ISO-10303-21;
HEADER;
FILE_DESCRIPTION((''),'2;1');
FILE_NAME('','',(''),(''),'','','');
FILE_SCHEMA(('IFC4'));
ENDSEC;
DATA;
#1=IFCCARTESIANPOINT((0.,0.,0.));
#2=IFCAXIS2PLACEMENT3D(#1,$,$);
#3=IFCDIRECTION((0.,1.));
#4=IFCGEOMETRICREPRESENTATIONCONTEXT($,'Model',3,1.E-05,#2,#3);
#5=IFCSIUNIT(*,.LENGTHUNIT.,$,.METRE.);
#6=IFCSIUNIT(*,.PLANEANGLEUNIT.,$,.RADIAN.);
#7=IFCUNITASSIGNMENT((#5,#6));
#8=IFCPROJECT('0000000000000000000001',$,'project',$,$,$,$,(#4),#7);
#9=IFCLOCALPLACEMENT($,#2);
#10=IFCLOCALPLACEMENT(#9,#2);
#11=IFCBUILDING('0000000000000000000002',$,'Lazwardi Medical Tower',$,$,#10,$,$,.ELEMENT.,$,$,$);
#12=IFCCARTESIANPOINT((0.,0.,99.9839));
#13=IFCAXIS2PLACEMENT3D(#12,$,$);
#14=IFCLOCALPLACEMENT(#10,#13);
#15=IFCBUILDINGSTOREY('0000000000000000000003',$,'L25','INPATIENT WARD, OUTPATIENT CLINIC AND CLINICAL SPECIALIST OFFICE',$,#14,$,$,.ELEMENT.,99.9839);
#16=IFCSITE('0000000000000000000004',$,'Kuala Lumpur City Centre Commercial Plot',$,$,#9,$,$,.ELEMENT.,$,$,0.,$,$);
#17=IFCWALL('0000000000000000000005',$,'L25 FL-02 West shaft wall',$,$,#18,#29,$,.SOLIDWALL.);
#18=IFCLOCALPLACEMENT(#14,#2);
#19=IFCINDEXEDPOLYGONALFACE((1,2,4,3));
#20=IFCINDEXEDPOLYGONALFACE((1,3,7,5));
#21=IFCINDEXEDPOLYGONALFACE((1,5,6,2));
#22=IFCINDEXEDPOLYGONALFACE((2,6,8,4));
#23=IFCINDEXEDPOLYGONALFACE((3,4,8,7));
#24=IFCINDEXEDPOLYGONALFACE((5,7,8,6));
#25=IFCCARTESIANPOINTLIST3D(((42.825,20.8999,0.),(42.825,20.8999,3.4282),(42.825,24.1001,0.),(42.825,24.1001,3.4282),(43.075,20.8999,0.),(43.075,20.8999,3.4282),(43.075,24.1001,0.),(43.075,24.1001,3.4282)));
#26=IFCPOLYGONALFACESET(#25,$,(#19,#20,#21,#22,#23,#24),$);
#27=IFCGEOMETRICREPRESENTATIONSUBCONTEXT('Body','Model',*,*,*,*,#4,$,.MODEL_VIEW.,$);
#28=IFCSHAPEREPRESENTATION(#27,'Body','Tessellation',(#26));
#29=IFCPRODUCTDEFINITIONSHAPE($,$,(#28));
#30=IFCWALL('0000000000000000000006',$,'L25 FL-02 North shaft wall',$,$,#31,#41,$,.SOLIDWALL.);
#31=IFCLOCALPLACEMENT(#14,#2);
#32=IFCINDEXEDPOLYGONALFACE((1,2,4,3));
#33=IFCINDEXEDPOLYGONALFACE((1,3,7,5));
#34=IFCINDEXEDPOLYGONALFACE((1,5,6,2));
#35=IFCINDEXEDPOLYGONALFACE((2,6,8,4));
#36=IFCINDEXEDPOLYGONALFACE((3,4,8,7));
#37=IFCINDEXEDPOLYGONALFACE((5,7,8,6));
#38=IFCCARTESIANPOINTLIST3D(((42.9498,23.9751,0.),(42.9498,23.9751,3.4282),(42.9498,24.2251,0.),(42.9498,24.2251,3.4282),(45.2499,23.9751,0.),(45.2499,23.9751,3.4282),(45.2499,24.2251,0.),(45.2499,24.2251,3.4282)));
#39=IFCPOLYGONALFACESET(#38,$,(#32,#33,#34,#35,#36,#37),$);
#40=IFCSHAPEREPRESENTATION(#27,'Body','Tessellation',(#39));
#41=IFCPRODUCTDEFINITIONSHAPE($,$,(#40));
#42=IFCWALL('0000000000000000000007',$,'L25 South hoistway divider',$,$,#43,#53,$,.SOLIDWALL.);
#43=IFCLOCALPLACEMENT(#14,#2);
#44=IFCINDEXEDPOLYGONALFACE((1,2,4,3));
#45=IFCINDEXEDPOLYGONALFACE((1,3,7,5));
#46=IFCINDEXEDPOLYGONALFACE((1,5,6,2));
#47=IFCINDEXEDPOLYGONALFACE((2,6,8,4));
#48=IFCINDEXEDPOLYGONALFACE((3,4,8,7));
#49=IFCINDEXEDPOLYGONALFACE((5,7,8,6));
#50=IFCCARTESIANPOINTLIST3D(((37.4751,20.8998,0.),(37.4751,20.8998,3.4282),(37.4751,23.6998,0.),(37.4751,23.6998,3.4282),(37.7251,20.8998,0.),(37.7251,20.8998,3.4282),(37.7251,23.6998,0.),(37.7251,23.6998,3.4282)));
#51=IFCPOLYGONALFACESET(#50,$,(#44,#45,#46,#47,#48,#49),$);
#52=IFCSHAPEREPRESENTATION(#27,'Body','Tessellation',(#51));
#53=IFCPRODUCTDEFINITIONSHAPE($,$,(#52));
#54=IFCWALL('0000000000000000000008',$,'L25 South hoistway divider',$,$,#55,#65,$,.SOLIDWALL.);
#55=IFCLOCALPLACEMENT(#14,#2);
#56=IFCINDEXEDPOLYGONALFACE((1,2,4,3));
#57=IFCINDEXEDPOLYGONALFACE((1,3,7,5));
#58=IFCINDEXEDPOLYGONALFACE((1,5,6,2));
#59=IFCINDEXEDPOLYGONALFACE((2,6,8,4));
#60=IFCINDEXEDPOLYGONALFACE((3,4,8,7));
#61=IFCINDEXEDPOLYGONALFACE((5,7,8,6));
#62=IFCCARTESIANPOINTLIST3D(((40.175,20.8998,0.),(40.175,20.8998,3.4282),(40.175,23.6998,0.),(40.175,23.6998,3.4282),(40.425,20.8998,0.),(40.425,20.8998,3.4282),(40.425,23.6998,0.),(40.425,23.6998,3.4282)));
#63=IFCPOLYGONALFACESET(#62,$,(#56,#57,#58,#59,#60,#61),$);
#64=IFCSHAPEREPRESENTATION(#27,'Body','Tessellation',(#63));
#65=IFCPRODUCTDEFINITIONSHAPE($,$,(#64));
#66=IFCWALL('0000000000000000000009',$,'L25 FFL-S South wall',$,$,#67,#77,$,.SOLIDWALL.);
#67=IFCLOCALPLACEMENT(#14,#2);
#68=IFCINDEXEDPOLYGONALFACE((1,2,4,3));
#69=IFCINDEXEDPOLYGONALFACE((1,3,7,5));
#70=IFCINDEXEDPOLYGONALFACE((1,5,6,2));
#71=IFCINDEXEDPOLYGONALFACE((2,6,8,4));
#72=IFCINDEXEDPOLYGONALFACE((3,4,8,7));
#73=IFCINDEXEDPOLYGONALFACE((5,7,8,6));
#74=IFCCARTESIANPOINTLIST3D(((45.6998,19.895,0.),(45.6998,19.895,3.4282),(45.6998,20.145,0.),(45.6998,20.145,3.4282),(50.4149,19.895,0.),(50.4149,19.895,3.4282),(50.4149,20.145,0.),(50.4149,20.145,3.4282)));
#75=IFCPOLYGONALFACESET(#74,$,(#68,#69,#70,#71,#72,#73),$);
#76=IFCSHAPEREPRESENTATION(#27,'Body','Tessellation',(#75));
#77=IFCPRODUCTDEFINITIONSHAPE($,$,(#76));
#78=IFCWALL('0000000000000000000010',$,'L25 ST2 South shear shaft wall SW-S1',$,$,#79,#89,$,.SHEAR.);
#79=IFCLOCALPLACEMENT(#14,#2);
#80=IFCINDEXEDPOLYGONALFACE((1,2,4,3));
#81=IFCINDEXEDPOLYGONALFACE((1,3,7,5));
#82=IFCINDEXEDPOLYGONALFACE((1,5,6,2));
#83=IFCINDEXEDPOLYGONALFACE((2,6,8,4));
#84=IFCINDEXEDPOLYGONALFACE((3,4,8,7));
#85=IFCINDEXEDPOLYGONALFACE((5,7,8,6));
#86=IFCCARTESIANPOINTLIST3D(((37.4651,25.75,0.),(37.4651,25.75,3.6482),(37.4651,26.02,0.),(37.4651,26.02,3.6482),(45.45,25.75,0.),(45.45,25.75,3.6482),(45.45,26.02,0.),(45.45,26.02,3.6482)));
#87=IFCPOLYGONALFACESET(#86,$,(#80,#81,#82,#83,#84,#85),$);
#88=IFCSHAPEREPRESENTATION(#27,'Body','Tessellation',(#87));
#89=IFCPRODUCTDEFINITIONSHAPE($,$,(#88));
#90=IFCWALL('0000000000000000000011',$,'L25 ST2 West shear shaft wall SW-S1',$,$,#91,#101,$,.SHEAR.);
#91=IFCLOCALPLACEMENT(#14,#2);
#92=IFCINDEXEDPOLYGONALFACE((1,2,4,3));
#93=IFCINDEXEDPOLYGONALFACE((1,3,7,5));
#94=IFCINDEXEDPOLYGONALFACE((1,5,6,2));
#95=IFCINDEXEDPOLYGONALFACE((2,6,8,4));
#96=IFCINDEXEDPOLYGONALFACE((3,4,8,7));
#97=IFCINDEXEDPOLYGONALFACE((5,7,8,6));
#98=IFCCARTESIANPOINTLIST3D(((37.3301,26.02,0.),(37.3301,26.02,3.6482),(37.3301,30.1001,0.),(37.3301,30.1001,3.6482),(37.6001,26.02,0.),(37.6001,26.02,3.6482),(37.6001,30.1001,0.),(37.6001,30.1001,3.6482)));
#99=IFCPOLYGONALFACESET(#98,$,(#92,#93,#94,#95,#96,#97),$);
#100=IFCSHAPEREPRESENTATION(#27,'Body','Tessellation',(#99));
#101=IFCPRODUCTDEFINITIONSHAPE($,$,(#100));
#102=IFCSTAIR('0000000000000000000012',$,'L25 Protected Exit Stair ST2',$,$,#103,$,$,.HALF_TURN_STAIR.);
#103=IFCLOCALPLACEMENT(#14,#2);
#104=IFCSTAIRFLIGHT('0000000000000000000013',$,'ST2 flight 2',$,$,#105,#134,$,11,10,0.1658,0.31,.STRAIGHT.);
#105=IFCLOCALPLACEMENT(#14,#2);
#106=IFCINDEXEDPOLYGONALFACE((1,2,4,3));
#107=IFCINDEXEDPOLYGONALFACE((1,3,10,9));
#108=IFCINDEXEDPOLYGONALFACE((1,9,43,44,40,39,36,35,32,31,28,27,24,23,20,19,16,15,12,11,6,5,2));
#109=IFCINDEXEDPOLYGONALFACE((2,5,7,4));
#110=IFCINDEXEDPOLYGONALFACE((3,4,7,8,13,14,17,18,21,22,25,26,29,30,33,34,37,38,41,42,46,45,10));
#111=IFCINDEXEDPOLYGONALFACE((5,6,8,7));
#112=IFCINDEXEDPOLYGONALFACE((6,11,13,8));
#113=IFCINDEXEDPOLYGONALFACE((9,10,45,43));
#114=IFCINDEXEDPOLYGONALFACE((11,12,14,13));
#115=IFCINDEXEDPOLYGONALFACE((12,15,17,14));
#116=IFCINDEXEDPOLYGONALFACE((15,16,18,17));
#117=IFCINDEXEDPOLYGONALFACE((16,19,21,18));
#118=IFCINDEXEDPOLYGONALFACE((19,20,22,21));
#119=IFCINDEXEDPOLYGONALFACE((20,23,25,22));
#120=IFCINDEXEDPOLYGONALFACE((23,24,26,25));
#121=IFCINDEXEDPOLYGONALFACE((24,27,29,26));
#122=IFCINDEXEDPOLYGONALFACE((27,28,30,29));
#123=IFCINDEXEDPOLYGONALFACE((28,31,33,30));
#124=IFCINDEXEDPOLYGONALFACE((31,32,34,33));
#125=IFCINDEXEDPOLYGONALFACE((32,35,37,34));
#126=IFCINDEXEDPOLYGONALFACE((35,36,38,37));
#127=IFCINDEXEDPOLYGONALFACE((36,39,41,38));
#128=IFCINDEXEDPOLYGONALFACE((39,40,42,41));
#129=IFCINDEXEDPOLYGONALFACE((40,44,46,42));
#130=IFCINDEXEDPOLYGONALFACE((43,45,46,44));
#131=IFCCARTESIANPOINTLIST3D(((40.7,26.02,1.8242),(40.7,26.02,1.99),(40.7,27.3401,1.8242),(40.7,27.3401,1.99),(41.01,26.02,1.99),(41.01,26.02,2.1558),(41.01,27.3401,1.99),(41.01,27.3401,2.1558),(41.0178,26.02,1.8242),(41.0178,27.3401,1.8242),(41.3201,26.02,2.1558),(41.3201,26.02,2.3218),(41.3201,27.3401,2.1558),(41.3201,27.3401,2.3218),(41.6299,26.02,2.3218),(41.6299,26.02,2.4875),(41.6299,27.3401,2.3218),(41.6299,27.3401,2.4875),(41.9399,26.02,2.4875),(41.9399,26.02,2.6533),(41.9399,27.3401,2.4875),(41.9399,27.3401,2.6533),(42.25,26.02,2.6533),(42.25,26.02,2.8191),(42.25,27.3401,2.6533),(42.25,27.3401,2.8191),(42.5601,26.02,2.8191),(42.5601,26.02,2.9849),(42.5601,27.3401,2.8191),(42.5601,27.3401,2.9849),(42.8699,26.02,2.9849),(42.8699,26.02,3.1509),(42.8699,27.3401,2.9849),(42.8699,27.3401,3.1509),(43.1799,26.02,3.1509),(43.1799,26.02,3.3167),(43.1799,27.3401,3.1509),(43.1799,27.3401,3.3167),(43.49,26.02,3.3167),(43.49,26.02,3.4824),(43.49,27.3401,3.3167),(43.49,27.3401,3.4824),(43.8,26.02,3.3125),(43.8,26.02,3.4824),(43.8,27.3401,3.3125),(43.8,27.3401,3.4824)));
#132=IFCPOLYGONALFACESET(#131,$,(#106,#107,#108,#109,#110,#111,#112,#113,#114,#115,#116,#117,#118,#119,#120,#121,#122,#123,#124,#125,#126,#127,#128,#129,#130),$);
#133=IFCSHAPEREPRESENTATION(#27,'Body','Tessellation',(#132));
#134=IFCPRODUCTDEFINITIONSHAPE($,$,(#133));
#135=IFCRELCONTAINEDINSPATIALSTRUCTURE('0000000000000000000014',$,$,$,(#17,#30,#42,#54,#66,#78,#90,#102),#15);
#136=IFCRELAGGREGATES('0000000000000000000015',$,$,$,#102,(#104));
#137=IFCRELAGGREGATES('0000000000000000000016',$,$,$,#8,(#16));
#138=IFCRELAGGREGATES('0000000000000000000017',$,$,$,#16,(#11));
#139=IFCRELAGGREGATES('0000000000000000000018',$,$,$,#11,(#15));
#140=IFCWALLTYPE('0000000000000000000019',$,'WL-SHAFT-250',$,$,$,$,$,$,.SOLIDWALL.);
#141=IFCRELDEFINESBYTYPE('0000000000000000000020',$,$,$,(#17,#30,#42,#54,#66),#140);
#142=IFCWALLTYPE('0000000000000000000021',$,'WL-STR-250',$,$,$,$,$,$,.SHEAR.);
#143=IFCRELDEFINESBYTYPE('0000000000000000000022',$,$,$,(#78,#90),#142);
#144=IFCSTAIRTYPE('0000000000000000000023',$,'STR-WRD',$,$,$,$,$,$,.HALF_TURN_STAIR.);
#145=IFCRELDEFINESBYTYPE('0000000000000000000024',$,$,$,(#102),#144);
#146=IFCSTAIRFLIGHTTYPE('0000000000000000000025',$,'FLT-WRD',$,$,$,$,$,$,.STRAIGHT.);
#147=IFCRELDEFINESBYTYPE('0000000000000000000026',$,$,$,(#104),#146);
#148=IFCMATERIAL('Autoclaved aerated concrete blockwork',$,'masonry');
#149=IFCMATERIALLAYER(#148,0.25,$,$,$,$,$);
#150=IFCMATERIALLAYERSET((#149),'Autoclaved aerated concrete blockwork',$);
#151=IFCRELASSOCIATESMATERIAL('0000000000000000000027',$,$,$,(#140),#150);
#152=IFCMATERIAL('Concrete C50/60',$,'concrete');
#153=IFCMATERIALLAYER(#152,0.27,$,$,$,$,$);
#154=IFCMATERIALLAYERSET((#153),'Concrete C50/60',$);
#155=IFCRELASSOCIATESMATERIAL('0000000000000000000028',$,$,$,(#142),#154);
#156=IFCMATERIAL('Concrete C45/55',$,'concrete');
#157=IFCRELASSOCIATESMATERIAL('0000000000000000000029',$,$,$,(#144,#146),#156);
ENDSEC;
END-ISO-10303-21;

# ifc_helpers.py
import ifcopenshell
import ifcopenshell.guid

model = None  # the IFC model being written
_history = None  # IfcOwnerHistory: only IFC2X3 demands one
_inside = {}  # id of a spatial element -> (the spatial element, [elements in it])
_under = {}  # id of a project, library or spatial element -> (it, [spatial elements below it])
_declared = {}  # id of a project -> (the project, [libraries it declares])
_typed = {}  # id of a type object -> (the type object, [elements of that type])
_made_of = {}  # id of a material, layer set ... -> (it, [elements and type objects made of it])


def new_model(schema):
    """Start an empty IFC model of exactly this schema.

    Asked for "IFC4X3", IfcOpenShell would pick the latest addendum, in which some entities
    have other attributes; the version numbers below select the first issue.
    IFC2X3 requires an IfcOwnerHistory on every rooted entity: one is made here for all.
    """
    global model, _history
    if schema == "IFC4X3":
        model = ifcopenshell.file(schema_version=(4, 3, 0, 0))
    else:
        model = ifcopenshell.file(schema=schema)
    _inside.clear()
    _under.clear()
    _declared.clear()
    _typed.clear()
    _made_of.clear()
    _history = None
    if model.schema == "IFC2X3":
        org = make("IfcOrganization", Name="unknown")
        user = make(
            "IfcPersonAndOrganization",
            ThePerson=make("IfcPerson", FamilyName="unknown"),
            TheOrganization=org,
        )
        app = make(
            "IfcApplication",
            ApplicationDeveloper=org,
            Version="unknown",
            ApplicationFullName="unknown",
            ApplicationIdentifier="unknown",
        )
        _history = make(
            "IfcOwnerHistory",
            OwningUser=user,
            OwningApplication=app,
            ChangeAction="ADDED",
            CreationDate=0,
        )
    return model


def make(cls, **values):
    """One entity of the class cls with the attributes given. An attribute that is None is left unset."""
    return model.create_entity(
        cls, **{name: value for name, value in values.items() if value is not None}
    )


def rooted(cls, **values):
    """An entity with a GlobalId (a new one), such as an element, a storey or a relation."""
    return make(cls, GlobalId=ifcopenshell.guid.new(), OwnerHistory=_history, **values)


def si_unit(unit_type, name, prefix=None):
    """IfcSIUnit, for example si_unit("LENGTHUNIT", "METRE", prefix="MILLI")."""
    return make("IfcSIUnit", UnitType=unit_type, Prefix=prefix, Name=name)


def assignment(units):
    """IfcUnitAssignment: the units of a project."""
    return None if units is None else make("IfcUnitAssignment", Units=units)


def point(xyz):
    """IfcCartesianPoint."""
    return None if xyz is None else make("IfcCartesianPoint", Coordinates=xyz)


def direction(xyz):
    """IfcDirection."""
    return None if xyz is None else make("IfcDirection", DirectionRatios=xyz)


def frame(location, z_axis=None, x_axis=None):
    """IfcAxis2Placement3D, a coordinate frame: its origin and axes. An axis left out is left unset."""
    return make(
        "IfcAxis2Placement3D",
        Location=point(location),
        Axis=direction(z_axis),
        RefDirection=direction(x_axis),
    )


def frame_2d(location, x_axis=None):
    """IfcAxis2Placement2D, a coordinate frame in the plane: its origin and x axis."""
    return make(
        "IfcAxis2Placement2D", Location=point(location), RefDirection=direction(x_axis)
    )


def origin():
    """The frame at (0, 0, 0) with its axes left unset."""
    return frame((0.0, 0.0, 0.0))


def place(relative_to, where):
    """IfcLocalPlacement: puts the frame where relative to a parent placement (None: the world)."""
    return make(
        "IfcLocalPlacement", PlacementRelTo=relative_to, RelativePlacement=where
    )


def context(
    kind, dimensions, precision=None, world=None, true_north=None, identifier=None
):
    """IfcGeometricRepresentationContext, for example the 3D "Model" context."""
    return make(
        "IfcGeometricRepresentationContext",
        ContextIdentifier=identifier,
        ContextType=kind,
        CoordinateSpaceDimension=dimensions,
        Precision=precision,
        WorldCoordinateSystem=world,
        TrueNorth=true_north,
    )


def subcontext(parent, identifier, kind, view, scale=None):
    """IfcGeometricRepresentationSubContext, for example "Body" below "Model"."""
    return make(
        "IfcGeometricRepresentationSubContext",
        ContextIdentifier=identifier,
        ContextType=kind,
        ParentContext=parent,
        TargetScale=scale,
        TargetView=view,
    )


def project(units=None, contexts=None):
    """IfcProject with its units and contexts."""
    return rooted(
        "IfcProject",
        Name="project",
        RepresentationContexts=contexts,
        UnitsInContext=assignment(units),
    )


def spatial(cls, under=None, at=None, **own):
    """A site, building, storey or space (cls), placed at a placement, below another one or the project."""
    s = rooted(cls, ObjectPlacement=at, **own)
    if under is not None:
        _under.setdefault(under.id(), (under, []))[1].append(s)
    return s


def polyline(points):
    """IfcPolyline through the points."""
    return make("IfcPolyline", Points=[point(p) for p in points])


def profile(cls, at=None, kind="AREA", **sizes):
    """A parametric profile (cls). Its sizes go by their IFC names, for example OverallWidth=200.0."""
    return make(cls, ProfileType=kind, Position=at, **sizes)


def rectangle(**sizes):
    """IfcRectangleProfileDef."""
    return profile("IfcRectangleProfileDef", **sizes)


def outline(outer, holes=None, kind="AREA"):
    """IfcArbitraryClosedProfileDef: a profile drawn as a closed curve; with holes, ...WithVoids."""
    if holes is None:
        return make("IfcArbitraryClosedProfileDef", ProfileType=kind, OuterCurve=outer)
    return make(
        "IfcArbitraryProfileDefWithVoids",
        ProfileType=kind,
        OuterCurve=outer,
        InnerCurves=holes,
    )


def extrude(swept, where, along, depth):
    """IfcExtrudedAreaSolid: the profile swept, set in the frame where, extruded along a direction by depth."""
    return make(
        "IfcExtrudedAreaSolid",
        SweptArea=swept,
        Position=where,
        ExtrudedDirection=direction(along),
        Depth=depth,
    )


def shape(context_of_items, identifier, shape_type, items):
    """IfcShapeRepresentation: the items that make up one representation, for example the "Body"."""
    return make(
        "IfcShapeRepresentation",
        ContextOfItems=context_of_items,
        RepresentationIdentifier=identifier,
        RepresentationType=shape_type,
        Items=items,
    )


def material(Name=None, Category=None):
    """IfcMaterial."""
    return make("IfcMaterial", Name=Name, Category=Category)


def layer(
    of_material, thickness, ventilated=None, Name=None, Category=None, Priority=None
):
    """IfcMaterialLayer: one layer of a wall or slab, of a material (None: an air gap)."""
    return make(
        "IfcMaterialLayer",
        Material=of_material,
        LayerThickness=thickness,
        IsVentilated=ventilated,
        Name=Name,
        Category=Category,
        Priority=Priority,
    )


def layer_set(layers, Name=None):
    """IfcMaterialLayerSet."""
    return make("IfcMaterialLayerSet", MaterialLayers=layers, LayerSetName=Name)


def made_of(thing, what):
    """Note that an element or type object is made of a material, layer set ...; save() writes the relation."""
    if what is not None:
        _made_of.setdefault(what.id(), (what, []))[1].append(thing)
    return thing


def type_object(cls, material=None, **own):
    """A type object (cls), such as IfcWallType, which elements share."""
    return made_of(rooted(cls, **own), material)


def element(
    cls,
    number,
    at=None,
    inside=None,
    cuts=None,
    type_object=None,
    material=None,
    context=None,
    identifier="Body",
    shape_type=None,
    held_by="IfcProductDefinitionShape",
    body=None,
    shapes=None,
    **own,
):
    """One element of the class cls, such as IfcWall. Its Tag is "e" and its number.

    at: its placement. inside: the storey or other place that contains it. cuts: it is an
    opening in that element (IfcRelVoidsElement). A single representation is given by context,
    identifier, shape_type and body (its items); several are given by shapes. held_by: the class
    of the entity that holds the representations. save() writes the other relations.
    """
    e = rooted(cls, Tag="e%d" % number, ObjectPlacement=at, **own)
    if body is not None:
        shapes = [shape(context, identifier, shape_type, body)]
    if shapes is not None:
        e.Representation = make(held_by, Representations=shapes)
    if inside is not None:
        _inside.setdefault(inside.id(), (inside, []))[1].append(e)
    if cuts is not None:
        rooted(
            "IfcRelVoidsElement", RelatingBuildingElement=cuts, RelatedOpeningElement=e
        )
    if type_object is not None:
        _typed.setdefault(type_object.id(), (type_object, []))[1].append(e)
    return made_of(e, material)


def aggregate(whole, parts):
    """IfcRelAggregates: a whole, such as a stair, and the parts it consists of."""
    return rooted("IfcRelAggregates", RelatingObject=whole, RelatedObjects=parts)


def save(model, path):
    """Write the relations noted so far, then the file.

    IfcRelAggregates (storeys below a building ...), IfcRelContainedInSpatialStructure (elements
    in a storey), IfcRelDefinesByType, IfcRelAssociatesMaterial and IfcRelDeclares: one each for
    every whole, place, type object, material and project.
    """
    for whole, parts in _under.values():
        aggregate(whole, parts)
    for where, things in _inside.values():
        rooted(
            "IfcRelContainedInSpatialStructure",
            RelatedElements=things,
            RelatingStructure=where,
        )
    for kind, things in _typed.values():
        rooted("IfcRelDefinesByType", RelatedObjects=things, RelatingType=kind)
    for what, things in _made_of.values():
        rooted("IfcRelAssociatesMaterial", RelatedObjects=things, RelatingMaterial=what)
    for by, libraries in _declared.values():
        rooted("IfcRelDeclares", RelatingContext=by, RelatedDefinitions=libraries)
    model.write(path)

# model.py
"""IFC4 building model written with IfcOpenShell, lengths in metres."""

from ifc_helpers import new_model, si_unit, direction, frame, frame_2d, origin, place, context, subcontext, project, spatial, polyline, rectangle, outline, extrude, material, layer, layer_set, type_object, element, aggregate, save


model = new_model("IFC4")

# Units and contexts
model_context = context("Model", 3, precision=1e-05, world=origin(), true_north=direction((0.0, 1.0)))
body_context = subcontext(model_context, "Body", "Model", "MODEL_VIEW")
ifc_project = project(units=[si_unit("LENGTHUNIT", "METRE"), si_unit("PLANEANGLEUNIT", "RADIAN")], contexts=[model_context])

# Site, building, storey
site_placement = place(None, origin())
site = spatial("IfcSite", under=ifc_project, at=site_placement, Name="Kuala Lumpur City Centre Commercial Plot", CompositionType="ELEMENT", RefElevation=0.0)
building_placement = place(site_placement, origin())
building = spatial("IfcBuilding", under=site, at=building_placement, Name="Lazwardi Medical Tower", CompositionType="ELEMENT")
storey_placement = place(building_placement, frame((0.0, 0.0, 99.9839)))
storey = spatial("IfcBuildingStorey", under=building, at=storey_placement, Name="L25", Description="INPATIENT WARD, OUTPATIENT CLINIC AND CLINICAL SPECIALIST OFFICE", CompositionType="ELEMENT", Elevation=99.9839)

# Walls
ifc_material_1 = material(Name="Autoclaved aerated concrete blockwork", Category="masonry")
ifc_layer_1 = layer(ifc_material_1, 0.25)
ifc_layer_set_1 = layer_set([ifc_layer_1], Name="Autoclaved aerated concrete blockwork")
wall_type_1 = type_object("IfcWallType", Name="WL-SHAFT-250", PredefinedType="SOLIDWALL", material=ifc_layer_set_1)
wall_1_placement = place(storey_placement, frame((42.95, 20.8999, 0.0), z_axis=(0.0, 0.0, 1.0), x_axis=(0.0, 1.0, 0.0)))
element("IfcWall", 1, at=wall_1_placement, inside=storey, type_object=wall_type_1, Name="L25 FL-02 West shaft wall", PredefinedType="SOLIDWALL", context=body_context, shape_type="SweptSolid", body=[
    extrude(rectangle(XDim=3.2002, YDim=0.25, at=frame_2d((1.6001, 0.0))), origin(), (0.0, 0.0, 1.0), 3.4282),
])
wall_2_placement = place(storey_placement, frame((42.95, 24.1001, 0.0), z_axis=(0.0, 0.0, 1.0), x_axis=(1.0, 0.0, 0.0)))
element("IfcWall", 2, at=wall_2_placement, inside=storey, type_object=wall_type_1, Name="L25 FL-02 North shaft wall", PredefinedType="SOLIDWALL", context=body_context, shape_type="SweptSolid", body=[
    extrude(rectangle(XDim=2.3, YDim=0.25, at=frame_2d((1.1499, 0.0))), origin(), (0.0, 0.0, 1.0), 3.4282),
])
for number, where, z_axis, x_axis, name in (
    (3, (37.6001, 20.8999, 0.0), (0.0, 0.0, 1.0), (0.0, 1.0, 0.0), "L25 South hoistway divider"),
    (4, (40.3, 20.8999, 0.0), (0.0, 0.0, 1.0), (0.0, 1.0, 0.0), "L25 South hoistway divider"),
):
    element("IfcWall", number, at=place(storey_placement, frame(where, z_axis=z_axis, x_axis=x_axis)), inside=storey, type_object=wall_type_1, Name=name, PredefinedType="SOLIDWALL", context=body_context, shape_type="SweptSolid", body=[
        extrude(rectangle(XDim=2.8, YDim=0.25, at=frame_2d((1.3999, 0.0))), origin(), (0.0, 0.0, 1.0), 3.4282),
    ])
wall_3_placement = place(storey_placement, frame((45.7, 20.02, 0.0), z_axis=(0.0, 0.0, 1.0), x_axis=(1.0, 0.0, 0.0)))
element("IfcWall", 5, at=wall_3_placement, inside=storey, type_object=wall_type_1, Name="L25 FFL-S South wall", PredefinedType="SOLIDWALL", context=body_context, shape_type="SweptSolid", body=[
    extrude(rectangle(XDim=4.7151, YDim=0.25, at=frame_2d((2.3574, 0.0))), origin(), (0.0, 0.0, 1.0), 3.4282),
])
ifc_material_2 = material(Name="Concrete C50/60", Category="concrete")
ifc_layer_2 = layer(ifc_material_2, 0.27)
ifc_layer_set_2 = layer_set([ifc_layer_2], Name="Concrete C50/60")
wall_type_2 = type_object("IfcWallType", Name="WL-STR-250", PredefinedType="SHEAR", material=ifc_layer_set_2)
wall_4_placement = place(storey_placement, frame((37.4651, 25.885, 0.0), z_axis=(0.0, 0.0, 1.0), x_axis=(1.0, 0.0, 0.0)))
element("IfcWall", 6, at=wall_4_placement, inside=storey, type_object=wall_type_2, Name="L25 ST2 South shear shaft wall SW-S1", PredefinedType="SHEAR", context=body_context, shape_type="SweptSolid", body=[
    extrude(rectangle(XDim=7.9849, YDim=0.27, at=frame_2d((3.9924, 0.0))), origin(), (0.0, 0.0, 1.0), 3.6482),
])
wall_5_placement = place(storey_placement, frame((37.4651, 26.02, 0.0), z_axis=(0.0, 0.0, 1.0), x_axis=(0.0, 1.0, 0.0)))
element("IfcWall", 7, at=wall_5_placement, inside=storey, type_object=wall_type_2, Name="L25 ST2 West shear shaft wall SW-S1", PredefinedType="SHEAR", context=body_context, shape_type="SweptSolid", body=[
    extrude(rectangle(XDim=4.0801, YDim=0.27, at=frame_2d((2.04, 0.0))), origin(), (0.0, 0.0, 1.0), 3.6482),
])

# Stair, stair flight
ifc_material_3 = material(Name="Concrete C45/55", Category="concrete")
stair_type = type_object("IfcStairType", Name="STR-WRD", PredefinedType="HALF_TURN_STAIR", material=ifc_material_3)
stair_placement = place(storey_placement, origin())
stair = element("IfcStair", 8, at=stair_placement, inside=storey, type_object=stair_type, Name="L25 Protected Exit Stair ST2", PredefinedType="HALF_TURN_STAIR")
stair_flight_type = type_object("IfcStairFlightType", Name="FLT-WRD", PredefinedType="STRAIGHT", material=ifc_material_3)
stair_flight_placement = place(storey_placement, frame((40.7, 26.6799, 1.8242), z_axis=(0.0, 0.0, 1.0), x_axis=(1.0, 0.0, 0.0)))
stair_flight = element("IfcStairFlight", 9, at=stair_flight_placement, type_object=stair_flight_type, Name="ST2 flight 2", NumberOfRisers=11, NumberOfTreads=10, PredefinedType="STRAIGHT", RiserHeight=0.1658, TreadLength=0.31, context=body_context, shape_type="SweptSolid", body=[
    extrude(outline(polyline([(0.0, 0.0), (0.0, 0.1658), (0.3101, 0.1658), (0.3101, 0.3315), (0.6201, 0.3315), (0.6201, 0.4976), (0.9299, 0.4976), (0.9299, 0.6633), (1.24, 0.6633), (1.24, 0.8291), (1.55, 0.8291), (1.55, 0.9949), (1.8601, 0.9949), (1.8601, 1.1606), (2.1699, 1.1606), (2.1699, 1.3267), (2.48, 1.3267), (2.48, 1.4924), (2.79, 1.4924), (2.79, 1.6582), (3.1001, 1.6582), (3.1001, 1.824), (3.1001, 1.4883), (0.3179, 0.0), (0.0, 0.0)])), frame((0.0, 0.6602, 0.0), z_axis=(0.0, -1.0, 0.0), x_axis=(1.0, 0.0, 0.0)), (0.0, 0.0, 1.0), 1.3201),
])
aggregate(stair, [stair_flight])

save(model, "model.ifc")
